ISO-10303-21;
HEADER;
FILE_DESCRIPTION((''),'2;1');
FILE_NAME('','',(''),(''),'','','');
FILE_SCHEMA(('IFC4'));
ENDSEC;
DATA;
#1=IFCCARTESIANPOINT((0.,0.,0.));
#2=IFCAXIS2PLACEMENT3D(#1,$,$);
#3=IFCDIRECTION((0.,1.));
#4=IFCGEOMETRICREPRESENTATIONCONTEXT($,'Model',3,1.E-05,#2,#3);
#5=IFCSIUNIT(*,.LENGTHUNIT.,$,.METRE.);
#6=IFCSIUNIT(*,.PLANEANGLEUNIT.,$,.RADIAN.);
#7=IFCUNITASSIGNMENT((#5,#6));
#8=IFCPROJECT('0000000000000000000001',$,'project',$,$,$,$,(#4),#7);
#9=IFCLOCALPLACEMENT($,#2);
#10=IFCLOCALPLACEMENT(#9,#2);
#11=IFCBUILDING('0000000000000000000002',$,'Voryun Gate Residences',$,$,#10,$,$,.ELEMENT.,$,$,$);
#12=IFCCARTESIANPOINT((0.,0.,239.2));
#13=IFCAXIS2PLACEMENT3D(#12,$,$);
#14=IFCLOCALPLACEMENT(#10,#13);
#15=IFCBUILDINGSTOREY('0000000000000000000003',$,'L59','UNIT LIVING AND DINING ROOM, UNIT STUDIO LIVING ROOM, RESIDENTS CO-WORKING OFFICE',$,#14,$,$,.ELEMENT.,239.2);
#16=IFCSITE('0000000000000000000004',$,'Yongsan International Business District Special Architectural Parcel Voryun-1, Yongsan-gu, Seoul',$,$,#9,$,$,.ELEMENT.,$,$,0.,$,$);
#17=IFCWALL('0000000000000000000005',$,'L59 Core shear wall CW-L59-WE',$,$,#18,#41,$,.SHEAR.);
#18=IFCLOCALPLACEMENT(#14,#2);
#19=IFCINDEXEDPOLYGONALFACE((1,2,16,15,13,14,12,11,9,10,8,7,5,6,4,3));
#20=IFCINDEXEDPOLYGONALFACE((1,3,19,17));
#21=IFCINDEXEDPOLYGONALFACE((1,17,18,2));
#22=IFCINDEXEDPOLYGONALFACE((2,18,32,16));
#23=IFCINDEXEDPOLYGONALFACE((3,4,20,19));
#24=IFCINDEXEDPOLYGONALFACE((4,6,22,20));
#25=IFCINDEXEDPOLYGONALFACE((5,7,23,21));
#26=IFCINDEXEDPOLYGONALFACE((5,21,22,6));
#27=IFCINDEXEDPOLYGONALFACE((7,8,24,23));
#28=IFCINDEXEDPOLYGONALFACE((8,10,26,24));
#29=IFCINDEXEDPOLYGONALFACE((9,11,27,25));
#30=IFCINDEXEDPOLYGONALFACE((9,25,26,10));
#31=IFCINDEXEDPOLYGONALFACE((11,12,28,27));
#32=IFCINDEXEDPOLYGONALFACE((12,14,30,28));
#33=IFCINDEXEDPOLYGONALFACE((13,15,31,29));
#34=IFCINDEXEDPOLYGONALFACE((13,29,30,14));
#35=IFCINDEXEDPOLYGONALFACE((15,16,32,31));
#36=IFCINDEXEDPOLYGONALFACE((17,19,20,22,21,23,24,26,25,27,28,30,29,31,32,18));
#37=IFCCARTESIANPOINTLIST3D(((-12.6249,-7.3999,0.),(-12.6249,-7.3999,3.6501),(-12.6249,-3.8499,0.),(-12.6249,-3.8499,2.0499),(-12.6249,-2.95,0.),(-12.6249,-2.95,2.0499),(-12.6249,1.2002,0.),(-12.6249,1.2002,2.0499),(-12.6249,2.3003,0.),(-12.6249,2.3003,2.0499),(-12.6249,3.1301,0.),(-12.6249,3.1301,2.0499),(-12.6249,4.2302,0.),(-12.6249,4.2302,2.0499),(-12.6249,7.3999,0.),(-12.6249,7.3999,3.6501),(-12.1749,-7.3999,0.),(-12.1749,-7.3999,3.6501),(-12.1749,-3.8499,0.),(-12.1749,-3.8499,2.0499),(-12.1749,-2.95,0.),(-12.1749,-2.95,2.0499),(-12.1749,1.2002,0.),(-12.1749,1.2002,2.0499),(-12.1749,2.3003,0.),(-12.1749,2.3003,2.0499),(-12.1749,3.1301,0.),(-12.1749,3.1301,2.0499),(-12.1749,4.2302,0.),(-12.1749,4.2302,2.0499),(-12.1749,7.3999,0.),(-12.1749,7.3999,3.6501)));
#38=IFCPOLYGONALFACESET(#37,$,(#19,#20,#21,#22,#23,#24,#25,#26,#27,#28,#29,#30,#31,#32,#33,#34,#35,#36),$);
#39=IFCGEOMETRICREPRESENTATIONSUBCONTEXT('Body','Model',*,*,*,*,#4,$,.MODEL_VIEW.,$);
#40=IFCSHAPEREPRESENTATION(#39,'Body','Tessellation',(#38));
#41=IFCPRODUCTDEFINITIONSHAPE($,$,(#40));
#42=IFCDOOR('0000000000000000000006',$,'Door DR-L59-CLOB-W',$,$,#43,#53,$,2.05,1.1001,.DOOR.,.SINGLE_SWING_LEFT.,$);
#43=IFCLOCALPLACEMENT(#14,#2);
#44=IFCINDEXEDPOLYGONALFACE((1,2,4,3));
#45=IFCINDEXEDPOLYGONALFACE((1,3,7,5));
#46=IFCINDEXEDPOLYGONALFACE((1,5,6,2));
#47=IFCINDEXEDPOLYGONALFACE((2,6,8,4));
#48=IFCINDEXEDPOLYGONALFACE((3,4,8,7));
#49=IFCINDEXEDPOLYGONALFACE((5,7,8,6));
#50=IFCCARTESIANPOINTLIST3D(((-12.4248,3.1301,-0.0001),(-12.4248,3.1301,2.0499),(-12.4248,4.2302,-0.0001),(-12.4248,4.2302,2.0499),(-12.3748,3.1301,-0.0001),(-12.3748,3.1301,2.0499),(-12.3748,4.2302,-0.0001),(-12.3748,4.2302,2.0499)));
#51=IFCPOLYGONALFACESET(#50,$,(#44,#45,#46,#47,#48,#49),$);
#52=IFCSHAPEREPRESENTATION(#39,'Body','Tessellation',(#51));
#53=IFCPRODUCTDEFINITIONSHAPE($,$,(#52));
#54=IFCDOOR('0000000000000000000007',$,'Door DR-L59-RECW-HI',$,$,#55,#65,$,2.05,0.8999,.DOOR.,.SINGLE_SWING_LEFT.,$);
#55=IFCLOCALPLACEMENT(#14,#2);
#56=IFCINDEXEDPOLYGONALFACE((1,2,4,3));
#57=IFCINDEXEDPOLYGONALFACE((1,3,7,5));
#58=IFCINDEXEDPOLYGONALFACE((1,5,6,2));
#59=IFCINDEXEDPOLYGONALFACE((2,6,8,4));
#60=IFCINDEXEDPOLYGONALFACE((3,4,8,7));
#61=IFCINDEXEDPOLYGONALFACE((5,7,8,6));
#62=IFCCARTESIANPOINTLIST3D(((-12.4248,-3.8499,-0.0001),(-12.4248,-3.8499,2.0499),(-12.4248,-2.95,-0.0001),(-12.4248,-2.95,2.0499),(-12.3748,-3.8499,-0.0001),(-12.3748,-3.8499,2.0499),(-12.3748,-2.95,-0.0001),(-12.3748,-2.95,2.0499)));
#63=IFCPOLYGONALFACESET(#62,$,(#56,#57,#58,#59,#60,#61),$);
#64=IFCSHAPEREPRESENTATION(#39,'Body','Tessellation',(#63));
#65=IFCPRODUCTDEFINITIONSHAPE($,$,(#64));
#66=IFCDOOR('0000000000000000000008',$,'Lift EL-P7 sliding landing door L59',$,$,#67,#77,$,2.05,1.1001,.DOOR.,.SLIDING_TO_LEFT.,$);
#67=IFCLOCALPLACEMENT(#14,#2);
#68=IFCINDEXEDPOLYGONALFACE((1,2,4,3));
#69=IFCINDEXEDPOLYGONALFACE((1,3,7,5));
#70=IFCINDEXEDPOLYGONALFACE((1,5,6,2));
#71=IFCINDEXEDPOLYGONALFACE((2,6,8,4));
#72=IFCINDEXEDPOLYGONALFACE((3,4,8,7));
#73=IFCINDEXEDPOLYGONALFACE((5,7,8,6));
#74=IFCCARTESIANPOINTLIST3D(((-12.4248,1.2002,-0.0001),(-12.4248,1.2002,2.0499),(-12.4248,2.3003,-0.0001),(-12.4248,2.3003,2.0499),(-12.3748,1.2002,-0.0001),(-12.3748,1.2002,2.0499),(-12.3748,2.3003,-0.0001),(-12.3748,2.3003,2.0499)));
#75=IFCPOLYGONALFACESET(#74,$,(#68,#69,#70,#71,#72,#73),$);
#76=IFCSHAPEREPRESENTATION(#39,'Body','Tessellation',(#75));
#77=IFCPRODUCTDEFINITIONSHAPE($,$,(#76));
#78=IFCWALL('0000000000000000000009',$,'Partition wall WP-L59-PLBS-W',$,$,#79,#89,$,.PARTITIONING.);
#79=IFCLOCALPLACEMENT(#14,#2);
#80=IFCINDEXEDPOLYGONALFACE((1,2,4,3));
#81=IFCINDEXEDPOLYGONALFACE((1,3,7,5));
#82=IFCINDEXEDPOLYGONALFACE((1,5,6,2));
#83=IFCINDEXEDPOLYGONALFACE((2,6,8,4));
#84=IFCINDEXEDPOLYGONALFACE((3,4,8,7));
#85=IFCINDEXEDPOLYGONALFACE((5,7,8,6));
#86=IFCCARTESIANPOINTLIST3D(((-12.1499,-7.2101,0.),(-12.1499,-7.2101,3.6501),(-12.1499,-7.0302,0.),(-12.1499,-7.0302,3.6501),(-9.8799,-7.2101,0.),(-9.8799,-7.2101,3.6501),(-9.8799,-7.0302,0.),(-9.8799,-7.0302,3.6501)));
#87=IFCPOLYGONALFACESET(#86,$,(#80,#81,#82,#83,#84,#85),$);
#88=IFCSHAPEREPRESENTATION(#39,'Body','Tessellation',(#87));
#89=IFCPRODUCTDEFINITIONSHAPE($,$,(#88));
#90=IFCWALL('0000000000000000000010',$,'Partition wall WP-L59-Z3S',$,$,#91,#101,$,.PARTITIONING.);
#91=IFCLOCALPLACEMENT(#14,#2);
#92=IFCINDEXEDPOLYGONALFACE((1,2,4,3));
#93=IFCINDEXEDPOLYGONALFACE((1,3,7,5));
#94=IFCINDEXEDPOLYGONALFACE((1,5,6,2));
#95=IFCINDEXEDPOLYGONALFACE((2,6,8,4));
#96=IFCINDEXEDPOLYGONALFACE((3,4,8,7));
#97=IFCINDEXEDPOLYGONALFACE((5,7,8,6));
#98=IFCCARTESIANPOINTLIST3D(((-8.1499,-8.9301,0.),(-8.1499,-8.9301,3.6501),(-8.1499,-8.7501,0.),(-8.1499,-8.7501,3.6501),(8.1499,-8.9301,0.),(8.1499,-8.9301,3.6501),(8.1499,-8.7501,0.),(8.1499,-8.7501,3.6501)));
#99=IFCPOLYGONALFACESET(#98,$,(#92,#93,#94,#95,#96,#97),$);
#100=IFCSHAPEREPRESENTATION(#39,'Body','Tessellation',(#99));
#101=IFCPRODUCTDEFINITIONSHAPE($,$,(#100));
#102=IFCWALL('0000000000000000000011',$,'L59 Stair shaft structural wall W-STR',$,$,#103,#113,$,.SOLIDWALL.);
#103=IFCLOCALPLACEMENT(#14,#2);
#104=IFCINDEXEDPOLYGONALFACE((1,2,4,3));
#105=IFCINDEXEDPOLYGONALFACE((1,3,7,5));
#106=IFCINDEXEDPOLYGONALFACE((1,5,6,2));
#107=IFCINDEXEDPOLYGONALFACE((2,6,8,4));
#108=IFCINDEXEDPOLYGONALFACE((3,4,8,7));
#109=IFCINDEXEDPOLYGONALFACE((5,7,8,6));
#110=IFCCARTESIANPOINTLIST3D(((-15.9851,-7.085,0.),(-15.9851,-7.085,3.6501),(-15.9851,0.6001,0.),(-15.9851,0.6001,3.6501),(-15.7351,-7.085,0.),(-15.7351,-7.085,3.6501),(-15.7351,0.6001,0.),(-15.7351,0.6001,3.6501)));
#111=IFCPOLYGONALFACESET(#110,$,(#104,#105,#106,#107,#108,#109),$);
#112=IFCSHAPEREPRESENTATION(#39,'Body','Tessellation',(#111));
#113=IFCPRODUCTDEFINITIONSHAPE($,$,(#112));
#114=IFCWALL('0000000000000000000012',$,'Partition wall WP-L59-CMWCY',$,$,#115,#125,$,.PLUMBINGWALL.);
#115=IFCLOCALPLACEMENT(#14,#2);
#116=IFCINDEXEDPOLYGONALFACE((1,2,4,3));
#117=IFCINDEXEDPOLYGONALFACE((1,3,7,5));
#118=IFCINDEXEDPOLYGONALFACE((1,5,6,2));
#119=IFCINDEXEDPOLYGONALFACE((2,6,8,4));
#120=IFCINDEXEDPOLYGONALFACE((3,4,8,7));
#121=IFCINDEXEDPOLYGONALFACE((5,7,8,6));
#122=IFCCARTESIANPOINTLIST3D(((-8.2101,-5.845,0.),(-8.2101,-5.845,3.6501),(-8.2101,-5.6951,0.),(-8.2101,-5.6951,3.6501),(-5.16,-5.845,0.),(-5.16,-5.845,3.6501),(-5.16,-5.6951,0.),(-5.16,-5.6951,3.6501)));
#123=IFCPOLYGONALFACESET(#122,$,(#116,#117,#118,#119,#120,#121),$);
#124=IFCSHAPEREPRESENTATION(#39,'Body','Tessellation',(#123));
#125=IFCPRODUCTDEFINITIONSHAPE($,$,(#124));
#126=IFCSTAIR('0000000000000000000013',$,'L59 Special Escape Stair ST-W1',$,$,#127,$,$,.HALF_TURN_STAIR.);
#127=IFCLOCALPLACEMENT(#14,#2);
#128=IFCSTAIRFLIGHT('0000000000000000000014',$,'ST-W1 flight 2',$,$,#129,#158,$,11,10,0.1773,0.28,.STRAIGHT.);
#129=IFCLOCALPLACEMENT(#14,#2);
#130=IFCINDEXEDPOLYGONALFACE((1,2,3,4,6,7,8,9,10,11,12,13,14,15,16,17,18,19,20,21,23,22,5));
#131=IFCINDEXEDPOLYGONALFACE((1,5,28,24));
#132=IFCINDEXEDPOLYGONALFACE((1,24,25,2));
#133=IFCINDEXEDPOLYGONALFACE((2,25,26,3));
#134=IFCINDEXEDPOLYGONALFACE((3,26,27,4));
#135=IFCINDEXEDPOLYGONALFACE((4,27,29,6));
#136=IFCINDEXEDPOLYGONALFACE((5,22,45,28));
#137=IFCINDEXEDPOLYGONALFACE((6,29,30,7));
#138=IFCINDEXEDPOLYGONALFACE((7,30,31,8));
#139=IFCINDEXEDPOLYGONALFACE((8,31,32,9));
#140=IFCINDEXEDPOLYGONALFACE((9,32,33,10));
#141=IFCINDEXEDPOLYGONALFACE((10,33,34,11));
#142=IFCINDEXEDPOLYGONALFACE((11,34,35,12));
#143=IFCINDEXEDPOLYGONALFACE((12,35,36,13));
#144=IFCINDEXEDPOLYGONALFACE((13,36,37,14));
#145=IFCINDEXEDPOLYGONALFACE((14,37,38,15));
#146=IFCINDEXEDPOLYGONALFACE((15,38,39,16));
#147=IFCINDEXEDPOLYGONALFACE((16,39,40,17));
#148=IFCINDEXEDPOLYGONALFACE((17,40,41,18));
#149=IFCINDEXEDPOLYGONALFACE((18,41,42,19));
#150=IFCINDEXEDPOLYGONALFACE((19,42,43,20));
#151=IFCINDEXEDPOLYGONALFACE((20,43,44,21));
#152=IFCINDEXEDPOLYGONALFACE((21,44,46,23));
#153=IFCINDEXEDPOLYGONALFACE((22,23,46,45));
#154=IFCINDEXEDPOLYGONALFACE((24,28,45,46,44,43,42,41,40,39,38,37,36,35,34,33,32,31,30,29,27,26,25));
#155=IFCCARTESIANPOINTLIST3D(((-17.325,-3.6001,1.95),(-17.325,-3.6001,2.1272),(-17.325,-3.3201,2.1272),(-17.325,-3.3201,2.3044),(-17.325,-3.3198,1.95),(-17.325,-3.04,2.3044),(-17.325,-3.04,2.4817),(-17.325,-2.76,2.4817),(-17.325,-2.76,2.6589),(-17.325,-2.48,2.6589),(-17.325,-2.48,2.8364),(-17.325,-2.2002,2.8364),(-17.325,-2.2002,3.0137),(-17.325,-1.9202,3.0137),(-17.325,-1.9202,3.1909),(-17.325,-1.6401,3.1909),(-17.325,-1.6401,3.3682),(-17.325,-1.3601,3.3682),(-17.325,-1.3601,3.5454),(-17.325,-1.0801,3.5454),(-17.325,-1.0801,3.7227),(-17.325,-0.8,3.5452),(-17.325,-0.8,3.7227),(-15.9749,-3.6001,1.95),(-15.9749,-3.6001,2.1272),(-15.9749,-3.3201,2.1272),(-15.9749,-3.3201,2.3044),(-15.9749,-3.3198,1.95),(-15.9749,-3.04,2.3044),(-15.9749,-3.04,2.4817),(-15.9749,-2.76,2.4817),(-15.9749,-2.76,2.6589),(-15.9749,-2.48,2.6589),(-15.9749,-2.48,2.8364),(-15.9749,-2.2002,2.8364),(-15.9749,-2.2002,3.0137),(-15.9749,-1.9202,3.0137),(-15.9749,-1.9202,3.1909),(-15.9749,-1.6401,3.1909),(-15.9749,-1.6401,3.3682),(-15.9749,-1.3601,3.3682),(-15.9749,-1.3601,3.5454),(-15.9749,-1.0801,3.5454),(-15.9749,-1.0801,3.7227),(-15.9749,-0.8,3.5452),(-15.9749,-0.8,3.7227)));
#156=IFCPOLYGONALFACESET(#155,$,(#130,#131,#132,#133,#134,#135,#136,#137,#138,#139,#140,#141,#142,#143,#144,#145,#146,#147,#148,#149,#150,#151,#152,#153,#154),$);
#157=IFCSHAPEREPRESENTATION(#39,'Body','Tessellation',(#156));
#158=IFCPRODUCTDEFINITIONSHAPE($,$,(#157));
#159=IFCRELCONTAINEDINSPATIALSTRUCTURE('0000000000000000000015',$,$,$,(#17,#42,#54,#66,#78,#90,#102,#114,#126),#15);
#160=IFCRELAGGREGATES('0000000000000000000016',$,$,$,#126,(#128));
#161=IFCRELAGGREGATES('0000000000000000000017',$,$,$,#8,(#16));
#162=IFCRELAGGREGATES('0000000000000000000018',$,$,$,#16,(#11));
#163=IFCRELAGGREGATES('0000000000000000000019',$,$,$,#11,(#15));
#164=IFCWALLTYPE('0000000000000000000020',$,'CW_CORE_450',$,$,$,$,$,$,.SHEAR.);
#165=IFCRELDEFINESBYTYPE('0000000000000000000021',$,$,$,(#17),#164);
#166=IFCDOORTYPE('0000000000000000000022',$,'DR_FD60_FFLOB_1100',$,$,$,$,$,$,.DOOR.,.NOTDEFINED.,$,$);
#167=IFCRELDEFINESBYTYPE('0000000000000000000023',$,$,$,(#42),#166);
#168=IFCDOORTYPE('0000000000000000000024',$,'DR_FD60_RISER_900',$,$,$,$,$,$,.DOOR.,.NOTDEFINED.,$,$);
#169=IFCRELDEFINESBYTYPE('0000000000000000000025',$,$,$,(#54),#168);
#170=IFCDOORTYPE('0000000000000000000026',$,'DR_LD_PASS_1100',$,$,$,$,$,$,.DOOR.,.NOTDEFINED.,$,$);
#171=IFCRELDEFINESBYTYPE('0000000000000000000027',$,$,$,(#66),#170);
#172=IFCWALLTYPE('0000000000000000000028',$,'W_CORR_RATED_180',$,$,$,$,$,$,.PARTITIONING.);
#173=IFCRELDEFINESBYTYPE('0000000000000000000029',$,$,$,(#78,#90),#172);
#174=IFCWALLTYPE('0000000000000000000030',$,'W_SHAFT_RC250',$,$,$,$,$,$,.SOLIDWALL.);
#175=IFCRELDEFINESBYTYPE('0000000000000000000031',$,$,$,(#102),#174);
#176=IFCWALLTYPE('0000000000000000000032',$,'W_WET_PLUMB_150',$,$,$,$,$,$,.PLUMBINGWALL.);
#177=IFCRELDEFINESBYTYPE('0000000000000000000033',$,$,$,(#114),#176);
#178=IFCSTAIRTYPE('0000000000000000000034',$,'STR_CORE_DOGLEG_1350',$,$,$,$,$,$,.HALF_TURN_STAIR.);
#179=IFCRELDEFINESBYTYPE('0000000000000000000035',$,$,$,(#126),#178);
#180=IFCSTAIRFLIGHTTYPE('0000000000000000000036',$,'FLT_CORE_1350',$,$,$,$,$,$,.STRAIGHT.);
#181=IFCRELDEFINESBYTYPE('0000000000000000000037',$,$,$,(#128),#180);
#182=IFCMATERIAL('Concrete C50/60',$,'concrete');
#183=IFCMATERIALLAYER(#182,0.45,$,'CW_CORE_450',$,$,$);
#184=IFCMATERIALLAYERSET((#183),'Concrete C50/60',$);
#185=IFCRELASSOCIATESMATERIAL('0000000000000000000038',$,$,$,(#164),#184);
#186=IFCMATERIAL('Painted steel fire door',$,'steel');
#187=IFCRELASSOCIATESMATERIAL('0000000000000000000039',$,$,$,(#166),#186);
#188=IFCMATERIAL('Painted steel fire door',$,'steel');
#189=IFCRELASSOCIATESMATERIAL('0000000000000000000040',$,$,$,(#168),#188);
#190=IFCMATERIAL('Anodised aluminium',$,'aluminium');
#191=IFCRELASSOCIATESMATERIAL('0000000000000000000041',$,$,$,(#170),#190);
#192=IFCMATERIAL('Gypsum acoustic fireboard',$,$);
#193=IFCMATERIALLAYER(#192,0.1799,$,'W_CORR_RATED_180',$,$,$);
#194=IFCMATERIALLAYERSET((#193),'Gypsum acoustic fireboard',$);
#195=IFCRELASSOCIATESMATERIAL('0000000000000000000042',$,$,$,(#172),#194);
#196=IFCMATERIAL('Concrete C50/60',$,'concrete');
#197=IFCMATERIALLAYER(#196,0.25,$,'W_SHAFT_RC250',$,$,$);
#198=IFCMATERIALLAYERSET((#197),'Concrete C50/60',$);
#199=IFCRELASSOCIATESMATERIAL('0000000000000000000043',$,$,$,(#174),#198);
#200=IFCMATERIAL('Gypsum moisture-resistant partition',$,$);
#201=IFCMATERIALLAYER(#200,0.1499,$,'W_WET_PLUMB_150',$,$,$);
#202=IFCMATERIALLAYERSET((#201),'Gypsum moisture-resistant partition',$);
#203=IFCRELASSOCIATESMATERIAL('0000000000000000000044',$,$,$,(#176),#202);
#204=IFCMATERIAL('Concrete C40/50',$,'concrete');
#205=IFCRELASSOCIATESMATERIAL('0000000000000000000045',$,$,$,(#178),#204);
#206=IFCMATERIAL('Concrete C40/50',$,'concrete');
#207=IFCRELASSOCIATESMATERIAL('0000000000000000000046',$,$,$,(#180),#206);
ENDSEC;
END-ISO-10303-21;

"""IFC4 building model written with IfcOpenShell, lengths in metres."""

from ifc_helpers import new_model, si_unit, direction, frame, frame_2d, origin, place, context, subcontext, project, spatial, polyline, rectangle, outline, extrude, material, layer, layer_set, type_object, element, fill, aggregate, save


model = new_model("IFC4")

# Units and contexts
model_context = context("Model", 3, precision=1e-05, world=origin(), true_north=direction((0.0, 1.0)))
body_context = subcontext(model_context, "Body", "Model", "MODEL_VIEW")
ifc_project = project(units=[si_unit("LENGTHUNIT", "METRE"), si_unit("PLANEANGLEUNIT", "RADIAN")], contexts=[model_context])

# Site, building, storey
site_placement = place(None, origin())
site = spatial("IfcSite", under=ifc_project, at=site_placement, Name="Yongsan International Business District Special Architectural Parcel Voryun-1, Yongsan-gu, Seoul", CompositionType="ELEMENT", RefElevation=0.0)
building_placement = place(site_placement, origin())
building = spatial("IfcBuilding", under=site, at=building_placement, Name="Voryun Gate Residences", CompositionType="ELEMENT")
storey_placement = place(building_placement, frame((0.0, 0.0, 239.2)))
storey = spatial("IfcBuildingStorey", under=building, at=storey_placement, Name="L59", Description="UNIT LIVING AND DINING ROOM, UNIT STUDIO LIVING ROOM, RESIDENTS CO-WORKING OFFICE", CompositionType="ELEMENT", Elevation=239.2)

# Wall, openings, doors
ifc_material_1 = material(Name="Concrete C50/60", Category="concrete")
ifc_layer_1 = layer(ifc_material_1, 0.45, Name="CW_CORE_450")
ifc_layer_set_1 = layer_set([ifc_layer_1], Name="Concrete C50/60")
wall_type_1 = type_object("IfcWallType", Name="CW_CORE_450", PredefinedType="SHEAR", material=ifc_layer_set_1)
wall_1_placement = place(storey_placement, frame((-12.3999, -7.3999, 0.0), z_axis=(0.0, 0.0, 1.0), x_axis=(0.0, 1.0, 0.0)))
wall_1 = element("IfcWall", 1, at=wall_1_placement, inside=storey, type_object=wall_type_1, Name="L59 Core shear wall CW-L59-WE", PredefinedType="SHEAR", context=body_context, shape_type="SweptSolid", body=[
    extrude(rectangle(XDim=14.7998, YDim=0.45, at=frame_2d((7.3999, 0.0))), origin(), (0.0, 0.0, 1.0), 3.6501),
])
opening_1_placement = place(wall_1_placement, frame((8.6001, 0.0, 0.0)))
opening_1 = element("IfcOpeningElement", 2, at=opening_1_placement, cuts=wall_1, PredefinedType="OPENING", context=body_context, shape_type="SweptSolid", body=[
    extrude(rectangle(XDim=1.1001, YDim=2.05, at=frame_2d((0.55, 1.0249))), frame((0.0, 0.2351, 0.0), z_axis=(0.0, -1.0, 0.0), x_axis=(1.0, 0.0, 0.0)), (0.0, 0.0, 1.0), 0.47),
])
opening_2_placement = place(wall_1_placement, frame((10.53, 0.0, 0.0)))
opening_2 = element("IfcOpeningElement", 3, at=opening_2_placement, cuts=wall_1, PredefinedType="OPENING", context=body_context, shape_type="SweptSolid", body=[
    extrude(rectangle(XDim=1.1001, YDim=2.05, at=frame_2d((0.55, 1.0249))), frame((0.0, 0.2351, 0.0), z_axis=(0.0, -1.0, 0.0), x_axis=(1.0, 0.0, 0.0)), (0.0, 0.0, 1.0), 0.47),
])
opening_3_placement = place(wall_1_placement, frame((3.55, 0.0, 0.0)))
opening_3 = element("IfcOpeningElement", 4, at=opening_3_placement, cuts=wall_1, PredefinedType="OPENING", context=body_context, shape_type="SweptSolid", body=[
    extrude(rectangle(XDim=0.8999, YDim=2.05, at=frame_2d((0.45, 1.0249))), frame((0.0, 0.2351, 0.0), z_axis=(0.0, -1.0, 0.0), x_axis=(1.0, 0.0, 0.0)), (0.0, 0.0, 1.0), 0.47),
])
ifc_material_2 = material(Name="Painted steel fire door", Category="steel")
door_type_1 = type_object("IfcDoorType", Name="DR_FD60_FFLOB_1100", OperationType="NOTDEFINED", PredefinedType="DOOR", material=ifc_material_2)
door_1_placement = place(opening_2_placement, origin())
door_1 = element("IfcDoor", 5, at=door_1_placement, inside=storey, type_object=door_type_1, Name="Door DR-L59-CLOB-W", OperationType="SINGLE_SWING_LEFT", OverallHeight=2.05, OverallWidth=1.1001, PredefinedType="DOOR", context=body_context, shape_type="SweptSolid", body=[
    extrude(rectangle(XDim=1.1001, YDim=2.05, at=frame_2d((0.55, 1.0249))), frame((0.0, 0.0249, 0.0), z_axis=(0.0, -1.0, 0.0), x_axis=(1.0, 0.0, 0.0)), (0.0, 0.0, 1.0), 0.05),
])
fill(opening_2, door_1)
ifc_material_3 = material(Name="Painted steel fire door", Category="steel")
door_type_2 = type_object("IfcDoorType", Name="DR_FD60_RISER_900", OperationType="NOTDEFINED", PredefinedType="DOOR", material=ifc_material_3)
door_2_placement = place(opening_3_placement, origin())
door_2 = element("IfcDoor", 6, at=door_2_placement, inside=storey, type_object=door_type_2, Name="Door DR-L59-RECW-HI", OperationType="SINGLE_SWING_LEFT", OverallHeight=2.05, OverallWidth=0.8999, PredefinedType="DOOR", context=body_context, shape_type="SweptSolid", body=[
    extrude(rectangle(XDim=0.8999, YDim=2.05, at=frame_2d((0.45, 1.0249))), frame((0.0, 0.0249, 0.0), z_axis=(0.0, -1.0, 0.0), x_axis=(1.0, 0.0, 0.0)), (0.0, 0.0, 1.0), 0.05),
])
fill(opening_3, door_2)
ifc_material_4 = material(Name="Anodised aluminium", Category="aluminium")
door_type_3 = type_object("IfcDoorType", Name="DR_LD_PASS_1100", OperationType="NOTDEFINED", PredefinedType="DOOR", material=ifc_material_4)
door_3_placement = place(opening_1_placement, origin())
door_3 = element("IfcDoor", 7, at=door_3_placement, inside=storey, type_object=door_type_3, Name="Lift EL-P7 sliding landing door L59", OperationType="SLIDING_TO_LEFT", OverallHeight=2.05, OverallWidth=1.1001, PredefinedType="DOOR", context=body_context, shape_type="SweptSolid", body=[
    extrude(rectangle(XDim=1.1001, YDim=2.05, at=frame_2d((0.55, 1.0249))), frame((0.0, 0.0249, 0.0), z_axis=(0.0, -1.0, 0.0), x_axis=(1.0, 0.0, 0.0)), (0.0, 0.0, 1.0), 0.05),
])
fill(opening_1, door_3)

# Walls
ifc_material_5 = material(Name="Gypsum acoustic fireboard")
ifc_layer_2 = layer(ifc_material_5, 0.1799, Name="W_CORR_RATED_180")
ifc_layer_set_2 = layer_set([ifc_layer_2], Name="Gypsum acoustic fireboard")
wall_type_2 = type_object("IfcWallType", Name="W_CORR_RATED_180", PredefinedType="PARTITIONING", material=ifc_layer_set_2)
wall_2_placement = place(storey_placement, frame((-12.1499, -7.1201, 0.0), z_axis=(0.0, 0.0, 1.0), x_axis=(1.0, 0.0, 0.0)))
element("IfcWall", 8, at=wall_2_placement, inside=storey, type_object=wall_type_2, Name="Partition wall WP-L59-PLBS-W", PredefinedType="PARTITIONING", context=body_context, shape_type="SweptSolid", body=[
    extrude(rectangle(XDim=2.27, YDim=0.1799, at=frame_2d((1.135, 0.0))), origin(), (0.0, 0.0, 1.0), 3.6501),
])
wall_3_placement = place(storey_placement, frame((-8.1499, -8.8401, 0.0), z_axis=(0.0, 0.0, 1.0), x_axis=(1.0, 0.0, 0.0)))
element("IfcWall", 9, at=wall_3_placement, inside=storey, type_object=wall_type_2, Name="Partition wall WP-L59-Z3S", PredefinedType="PARTITIONING", context=body_context, shape_type="SweptSolid", body=[
    extrude(rectangle(XDim=16.2998, YDim=0.1799, at=frame_2d((8.1499, 0.0))), origin(), (0.0, 0.0, 1.0), 3.6501),
])
ifc_material_6 = material(Name="Concrete C50/60", Category="concrete")
ifc_layer_3 = layer(ifc_material_6, 0.25, Name="W_SHAFT_RC250")
ifc_layer_set_3 = layer_set([ifc_layer_3], Name="Concrete C50/60")
wall_type_3 = type_object("IfcWallType", Name="W_SHAFT_RC250", PredefinedType="SOLIDWALL", material=ifc_layer_set_3)
wall_4_placement = place(storey_placement, frame((-15.8601, -7.085, 0.0), z_axis=(0.0, 0.0, 1.0), x_axis=(0.0, 1.0, 0.0)))
element("IfcWall", 10, at=wall_4_placement, inside=storey, type_object=wall_type_3, Name="L59 Stair shaft structural wall W-STR", PredefinedType="SOLIDWALL", context=body_context, shape_type="SweptSolid", body=[
    extrude(rectangle(XDim=7.6851, YDim=0.25, at=frame_2d((3.8425, 0.0))), origin(), (0.0, 0.0, 1.0), 3.6501),
])
ifc_material_7 = material(Name="Gypsum moisture-resistant partition")
ifc_layer_4 = layer(ifc_material_7, 0.1499, Name="W_WET_PLUMB_150")
ifc_layer_set_4 = layer_set([ifc_layer_4], Name="Gypsum moisture-resistant partition")
wall_type_4 = type_object("IfcWallType", Name="W_WET_PLUMB_150", PredefinedType="PLUMBINGWALL", material=ifc_layer_set_4)
wall_5_placement = place(storey_placement, frame((-8.21, -5.77, 0.0), z_axis=(0.0, 0.0, 1.0), x_axis=(1.0, 0.0, 0.0)))
element("IfcWall", 11, at=wall_5_placement, inside=storey, type_object=wall_type_4, Name="Partition wall WP-L59-CMWCY", PredefinedType="PLUMBINGWALL", context=body_context, shape_type="SweptSolid", body=[
    extrude(rectangle(XDim=3.05, YDim=0.1499, at=frame_2d((1.5249, 0.0))), origin(), (0.0, 0.0, 1.0), 3.6501),
])

# Stair, stair flight
ifc_material_8 = material(Name="Concrete C40/50", Category="concrete")
stair_type = type_object("IfcStairType", Name="STR_CORE_DOGLEG_1350", PredefinedType="HALF_TURN_STAIR", material=ifc_material_8)
stair_placement = place(storey_placement, origin())
stair = element("IfcStair", 12, at=stair_placement, inside=storey, type_object=stair_type, Name="L59 Special Escape Stair ST-W1", PredefinedType="HALF_TURN_STAIR")
ifc_material_9 = material(Name="Concrete C40/50", Category="concrete")
stair_flight_type = type_object("IfcStairFlightType", Name="FLT_CORE_1350", PredefinedType="STRAIGHT", material=ifc_material_9)
stair_flight_placement = place(storey_placement, frame((-16.6499, -3.6001, 1.95), z_axis=(0.0, 0.0, 1.0), x_axis=(0.0, 1.0, 0.0)))
stair_flight = element("IfcStairFlight", 13, at=stair_flight_placement, type_object=stair_flight_type, Name="ST-W1 flight 2", NumberOfRisers=11, NumberOfTreads=10, PredefinedType="STRAIGHT", RiserHeight=0.1773, TreadLength=0.28, context=body_context, shape_type="SweptSolid", body=[
    extrude(outline(polyline([(0.0, 0.0), (0.0, 0.1772), (0.28, 0.1772), (0.28, 0.3545), (0.5601, 0.3545), (0.5601, 0.5317), (0.8401, 0.5317), (0.8401, 0.709), (1.1201, 0.709), (1.1201, 0.8865), (1.3999, 0.8865), (1.3999, 1.0637), (1.6799, 1.0637), (1.6799, 1.241), (1.96, 1.241), (1.96, 1.4182), (2.24, 1.4182), (2.24, 1.5955), (2.52, 1.5955), (2.52, 1.7727), (2.8, 1.7727), (2.8, 1.95), (2.8, 1.5952), (0.2803, 0.0), (0.0, 0.0)])), frame((0.0, 0.675, 0.0), z_axis=(0.0, -1.0, 0.0), x_axis=(1.0, 0.0, 0.0)), (0.0, 0.0, 1.0), 1.3501),
])
aggregate(stair, [stair_flight])

save(model, "model.ifc")
